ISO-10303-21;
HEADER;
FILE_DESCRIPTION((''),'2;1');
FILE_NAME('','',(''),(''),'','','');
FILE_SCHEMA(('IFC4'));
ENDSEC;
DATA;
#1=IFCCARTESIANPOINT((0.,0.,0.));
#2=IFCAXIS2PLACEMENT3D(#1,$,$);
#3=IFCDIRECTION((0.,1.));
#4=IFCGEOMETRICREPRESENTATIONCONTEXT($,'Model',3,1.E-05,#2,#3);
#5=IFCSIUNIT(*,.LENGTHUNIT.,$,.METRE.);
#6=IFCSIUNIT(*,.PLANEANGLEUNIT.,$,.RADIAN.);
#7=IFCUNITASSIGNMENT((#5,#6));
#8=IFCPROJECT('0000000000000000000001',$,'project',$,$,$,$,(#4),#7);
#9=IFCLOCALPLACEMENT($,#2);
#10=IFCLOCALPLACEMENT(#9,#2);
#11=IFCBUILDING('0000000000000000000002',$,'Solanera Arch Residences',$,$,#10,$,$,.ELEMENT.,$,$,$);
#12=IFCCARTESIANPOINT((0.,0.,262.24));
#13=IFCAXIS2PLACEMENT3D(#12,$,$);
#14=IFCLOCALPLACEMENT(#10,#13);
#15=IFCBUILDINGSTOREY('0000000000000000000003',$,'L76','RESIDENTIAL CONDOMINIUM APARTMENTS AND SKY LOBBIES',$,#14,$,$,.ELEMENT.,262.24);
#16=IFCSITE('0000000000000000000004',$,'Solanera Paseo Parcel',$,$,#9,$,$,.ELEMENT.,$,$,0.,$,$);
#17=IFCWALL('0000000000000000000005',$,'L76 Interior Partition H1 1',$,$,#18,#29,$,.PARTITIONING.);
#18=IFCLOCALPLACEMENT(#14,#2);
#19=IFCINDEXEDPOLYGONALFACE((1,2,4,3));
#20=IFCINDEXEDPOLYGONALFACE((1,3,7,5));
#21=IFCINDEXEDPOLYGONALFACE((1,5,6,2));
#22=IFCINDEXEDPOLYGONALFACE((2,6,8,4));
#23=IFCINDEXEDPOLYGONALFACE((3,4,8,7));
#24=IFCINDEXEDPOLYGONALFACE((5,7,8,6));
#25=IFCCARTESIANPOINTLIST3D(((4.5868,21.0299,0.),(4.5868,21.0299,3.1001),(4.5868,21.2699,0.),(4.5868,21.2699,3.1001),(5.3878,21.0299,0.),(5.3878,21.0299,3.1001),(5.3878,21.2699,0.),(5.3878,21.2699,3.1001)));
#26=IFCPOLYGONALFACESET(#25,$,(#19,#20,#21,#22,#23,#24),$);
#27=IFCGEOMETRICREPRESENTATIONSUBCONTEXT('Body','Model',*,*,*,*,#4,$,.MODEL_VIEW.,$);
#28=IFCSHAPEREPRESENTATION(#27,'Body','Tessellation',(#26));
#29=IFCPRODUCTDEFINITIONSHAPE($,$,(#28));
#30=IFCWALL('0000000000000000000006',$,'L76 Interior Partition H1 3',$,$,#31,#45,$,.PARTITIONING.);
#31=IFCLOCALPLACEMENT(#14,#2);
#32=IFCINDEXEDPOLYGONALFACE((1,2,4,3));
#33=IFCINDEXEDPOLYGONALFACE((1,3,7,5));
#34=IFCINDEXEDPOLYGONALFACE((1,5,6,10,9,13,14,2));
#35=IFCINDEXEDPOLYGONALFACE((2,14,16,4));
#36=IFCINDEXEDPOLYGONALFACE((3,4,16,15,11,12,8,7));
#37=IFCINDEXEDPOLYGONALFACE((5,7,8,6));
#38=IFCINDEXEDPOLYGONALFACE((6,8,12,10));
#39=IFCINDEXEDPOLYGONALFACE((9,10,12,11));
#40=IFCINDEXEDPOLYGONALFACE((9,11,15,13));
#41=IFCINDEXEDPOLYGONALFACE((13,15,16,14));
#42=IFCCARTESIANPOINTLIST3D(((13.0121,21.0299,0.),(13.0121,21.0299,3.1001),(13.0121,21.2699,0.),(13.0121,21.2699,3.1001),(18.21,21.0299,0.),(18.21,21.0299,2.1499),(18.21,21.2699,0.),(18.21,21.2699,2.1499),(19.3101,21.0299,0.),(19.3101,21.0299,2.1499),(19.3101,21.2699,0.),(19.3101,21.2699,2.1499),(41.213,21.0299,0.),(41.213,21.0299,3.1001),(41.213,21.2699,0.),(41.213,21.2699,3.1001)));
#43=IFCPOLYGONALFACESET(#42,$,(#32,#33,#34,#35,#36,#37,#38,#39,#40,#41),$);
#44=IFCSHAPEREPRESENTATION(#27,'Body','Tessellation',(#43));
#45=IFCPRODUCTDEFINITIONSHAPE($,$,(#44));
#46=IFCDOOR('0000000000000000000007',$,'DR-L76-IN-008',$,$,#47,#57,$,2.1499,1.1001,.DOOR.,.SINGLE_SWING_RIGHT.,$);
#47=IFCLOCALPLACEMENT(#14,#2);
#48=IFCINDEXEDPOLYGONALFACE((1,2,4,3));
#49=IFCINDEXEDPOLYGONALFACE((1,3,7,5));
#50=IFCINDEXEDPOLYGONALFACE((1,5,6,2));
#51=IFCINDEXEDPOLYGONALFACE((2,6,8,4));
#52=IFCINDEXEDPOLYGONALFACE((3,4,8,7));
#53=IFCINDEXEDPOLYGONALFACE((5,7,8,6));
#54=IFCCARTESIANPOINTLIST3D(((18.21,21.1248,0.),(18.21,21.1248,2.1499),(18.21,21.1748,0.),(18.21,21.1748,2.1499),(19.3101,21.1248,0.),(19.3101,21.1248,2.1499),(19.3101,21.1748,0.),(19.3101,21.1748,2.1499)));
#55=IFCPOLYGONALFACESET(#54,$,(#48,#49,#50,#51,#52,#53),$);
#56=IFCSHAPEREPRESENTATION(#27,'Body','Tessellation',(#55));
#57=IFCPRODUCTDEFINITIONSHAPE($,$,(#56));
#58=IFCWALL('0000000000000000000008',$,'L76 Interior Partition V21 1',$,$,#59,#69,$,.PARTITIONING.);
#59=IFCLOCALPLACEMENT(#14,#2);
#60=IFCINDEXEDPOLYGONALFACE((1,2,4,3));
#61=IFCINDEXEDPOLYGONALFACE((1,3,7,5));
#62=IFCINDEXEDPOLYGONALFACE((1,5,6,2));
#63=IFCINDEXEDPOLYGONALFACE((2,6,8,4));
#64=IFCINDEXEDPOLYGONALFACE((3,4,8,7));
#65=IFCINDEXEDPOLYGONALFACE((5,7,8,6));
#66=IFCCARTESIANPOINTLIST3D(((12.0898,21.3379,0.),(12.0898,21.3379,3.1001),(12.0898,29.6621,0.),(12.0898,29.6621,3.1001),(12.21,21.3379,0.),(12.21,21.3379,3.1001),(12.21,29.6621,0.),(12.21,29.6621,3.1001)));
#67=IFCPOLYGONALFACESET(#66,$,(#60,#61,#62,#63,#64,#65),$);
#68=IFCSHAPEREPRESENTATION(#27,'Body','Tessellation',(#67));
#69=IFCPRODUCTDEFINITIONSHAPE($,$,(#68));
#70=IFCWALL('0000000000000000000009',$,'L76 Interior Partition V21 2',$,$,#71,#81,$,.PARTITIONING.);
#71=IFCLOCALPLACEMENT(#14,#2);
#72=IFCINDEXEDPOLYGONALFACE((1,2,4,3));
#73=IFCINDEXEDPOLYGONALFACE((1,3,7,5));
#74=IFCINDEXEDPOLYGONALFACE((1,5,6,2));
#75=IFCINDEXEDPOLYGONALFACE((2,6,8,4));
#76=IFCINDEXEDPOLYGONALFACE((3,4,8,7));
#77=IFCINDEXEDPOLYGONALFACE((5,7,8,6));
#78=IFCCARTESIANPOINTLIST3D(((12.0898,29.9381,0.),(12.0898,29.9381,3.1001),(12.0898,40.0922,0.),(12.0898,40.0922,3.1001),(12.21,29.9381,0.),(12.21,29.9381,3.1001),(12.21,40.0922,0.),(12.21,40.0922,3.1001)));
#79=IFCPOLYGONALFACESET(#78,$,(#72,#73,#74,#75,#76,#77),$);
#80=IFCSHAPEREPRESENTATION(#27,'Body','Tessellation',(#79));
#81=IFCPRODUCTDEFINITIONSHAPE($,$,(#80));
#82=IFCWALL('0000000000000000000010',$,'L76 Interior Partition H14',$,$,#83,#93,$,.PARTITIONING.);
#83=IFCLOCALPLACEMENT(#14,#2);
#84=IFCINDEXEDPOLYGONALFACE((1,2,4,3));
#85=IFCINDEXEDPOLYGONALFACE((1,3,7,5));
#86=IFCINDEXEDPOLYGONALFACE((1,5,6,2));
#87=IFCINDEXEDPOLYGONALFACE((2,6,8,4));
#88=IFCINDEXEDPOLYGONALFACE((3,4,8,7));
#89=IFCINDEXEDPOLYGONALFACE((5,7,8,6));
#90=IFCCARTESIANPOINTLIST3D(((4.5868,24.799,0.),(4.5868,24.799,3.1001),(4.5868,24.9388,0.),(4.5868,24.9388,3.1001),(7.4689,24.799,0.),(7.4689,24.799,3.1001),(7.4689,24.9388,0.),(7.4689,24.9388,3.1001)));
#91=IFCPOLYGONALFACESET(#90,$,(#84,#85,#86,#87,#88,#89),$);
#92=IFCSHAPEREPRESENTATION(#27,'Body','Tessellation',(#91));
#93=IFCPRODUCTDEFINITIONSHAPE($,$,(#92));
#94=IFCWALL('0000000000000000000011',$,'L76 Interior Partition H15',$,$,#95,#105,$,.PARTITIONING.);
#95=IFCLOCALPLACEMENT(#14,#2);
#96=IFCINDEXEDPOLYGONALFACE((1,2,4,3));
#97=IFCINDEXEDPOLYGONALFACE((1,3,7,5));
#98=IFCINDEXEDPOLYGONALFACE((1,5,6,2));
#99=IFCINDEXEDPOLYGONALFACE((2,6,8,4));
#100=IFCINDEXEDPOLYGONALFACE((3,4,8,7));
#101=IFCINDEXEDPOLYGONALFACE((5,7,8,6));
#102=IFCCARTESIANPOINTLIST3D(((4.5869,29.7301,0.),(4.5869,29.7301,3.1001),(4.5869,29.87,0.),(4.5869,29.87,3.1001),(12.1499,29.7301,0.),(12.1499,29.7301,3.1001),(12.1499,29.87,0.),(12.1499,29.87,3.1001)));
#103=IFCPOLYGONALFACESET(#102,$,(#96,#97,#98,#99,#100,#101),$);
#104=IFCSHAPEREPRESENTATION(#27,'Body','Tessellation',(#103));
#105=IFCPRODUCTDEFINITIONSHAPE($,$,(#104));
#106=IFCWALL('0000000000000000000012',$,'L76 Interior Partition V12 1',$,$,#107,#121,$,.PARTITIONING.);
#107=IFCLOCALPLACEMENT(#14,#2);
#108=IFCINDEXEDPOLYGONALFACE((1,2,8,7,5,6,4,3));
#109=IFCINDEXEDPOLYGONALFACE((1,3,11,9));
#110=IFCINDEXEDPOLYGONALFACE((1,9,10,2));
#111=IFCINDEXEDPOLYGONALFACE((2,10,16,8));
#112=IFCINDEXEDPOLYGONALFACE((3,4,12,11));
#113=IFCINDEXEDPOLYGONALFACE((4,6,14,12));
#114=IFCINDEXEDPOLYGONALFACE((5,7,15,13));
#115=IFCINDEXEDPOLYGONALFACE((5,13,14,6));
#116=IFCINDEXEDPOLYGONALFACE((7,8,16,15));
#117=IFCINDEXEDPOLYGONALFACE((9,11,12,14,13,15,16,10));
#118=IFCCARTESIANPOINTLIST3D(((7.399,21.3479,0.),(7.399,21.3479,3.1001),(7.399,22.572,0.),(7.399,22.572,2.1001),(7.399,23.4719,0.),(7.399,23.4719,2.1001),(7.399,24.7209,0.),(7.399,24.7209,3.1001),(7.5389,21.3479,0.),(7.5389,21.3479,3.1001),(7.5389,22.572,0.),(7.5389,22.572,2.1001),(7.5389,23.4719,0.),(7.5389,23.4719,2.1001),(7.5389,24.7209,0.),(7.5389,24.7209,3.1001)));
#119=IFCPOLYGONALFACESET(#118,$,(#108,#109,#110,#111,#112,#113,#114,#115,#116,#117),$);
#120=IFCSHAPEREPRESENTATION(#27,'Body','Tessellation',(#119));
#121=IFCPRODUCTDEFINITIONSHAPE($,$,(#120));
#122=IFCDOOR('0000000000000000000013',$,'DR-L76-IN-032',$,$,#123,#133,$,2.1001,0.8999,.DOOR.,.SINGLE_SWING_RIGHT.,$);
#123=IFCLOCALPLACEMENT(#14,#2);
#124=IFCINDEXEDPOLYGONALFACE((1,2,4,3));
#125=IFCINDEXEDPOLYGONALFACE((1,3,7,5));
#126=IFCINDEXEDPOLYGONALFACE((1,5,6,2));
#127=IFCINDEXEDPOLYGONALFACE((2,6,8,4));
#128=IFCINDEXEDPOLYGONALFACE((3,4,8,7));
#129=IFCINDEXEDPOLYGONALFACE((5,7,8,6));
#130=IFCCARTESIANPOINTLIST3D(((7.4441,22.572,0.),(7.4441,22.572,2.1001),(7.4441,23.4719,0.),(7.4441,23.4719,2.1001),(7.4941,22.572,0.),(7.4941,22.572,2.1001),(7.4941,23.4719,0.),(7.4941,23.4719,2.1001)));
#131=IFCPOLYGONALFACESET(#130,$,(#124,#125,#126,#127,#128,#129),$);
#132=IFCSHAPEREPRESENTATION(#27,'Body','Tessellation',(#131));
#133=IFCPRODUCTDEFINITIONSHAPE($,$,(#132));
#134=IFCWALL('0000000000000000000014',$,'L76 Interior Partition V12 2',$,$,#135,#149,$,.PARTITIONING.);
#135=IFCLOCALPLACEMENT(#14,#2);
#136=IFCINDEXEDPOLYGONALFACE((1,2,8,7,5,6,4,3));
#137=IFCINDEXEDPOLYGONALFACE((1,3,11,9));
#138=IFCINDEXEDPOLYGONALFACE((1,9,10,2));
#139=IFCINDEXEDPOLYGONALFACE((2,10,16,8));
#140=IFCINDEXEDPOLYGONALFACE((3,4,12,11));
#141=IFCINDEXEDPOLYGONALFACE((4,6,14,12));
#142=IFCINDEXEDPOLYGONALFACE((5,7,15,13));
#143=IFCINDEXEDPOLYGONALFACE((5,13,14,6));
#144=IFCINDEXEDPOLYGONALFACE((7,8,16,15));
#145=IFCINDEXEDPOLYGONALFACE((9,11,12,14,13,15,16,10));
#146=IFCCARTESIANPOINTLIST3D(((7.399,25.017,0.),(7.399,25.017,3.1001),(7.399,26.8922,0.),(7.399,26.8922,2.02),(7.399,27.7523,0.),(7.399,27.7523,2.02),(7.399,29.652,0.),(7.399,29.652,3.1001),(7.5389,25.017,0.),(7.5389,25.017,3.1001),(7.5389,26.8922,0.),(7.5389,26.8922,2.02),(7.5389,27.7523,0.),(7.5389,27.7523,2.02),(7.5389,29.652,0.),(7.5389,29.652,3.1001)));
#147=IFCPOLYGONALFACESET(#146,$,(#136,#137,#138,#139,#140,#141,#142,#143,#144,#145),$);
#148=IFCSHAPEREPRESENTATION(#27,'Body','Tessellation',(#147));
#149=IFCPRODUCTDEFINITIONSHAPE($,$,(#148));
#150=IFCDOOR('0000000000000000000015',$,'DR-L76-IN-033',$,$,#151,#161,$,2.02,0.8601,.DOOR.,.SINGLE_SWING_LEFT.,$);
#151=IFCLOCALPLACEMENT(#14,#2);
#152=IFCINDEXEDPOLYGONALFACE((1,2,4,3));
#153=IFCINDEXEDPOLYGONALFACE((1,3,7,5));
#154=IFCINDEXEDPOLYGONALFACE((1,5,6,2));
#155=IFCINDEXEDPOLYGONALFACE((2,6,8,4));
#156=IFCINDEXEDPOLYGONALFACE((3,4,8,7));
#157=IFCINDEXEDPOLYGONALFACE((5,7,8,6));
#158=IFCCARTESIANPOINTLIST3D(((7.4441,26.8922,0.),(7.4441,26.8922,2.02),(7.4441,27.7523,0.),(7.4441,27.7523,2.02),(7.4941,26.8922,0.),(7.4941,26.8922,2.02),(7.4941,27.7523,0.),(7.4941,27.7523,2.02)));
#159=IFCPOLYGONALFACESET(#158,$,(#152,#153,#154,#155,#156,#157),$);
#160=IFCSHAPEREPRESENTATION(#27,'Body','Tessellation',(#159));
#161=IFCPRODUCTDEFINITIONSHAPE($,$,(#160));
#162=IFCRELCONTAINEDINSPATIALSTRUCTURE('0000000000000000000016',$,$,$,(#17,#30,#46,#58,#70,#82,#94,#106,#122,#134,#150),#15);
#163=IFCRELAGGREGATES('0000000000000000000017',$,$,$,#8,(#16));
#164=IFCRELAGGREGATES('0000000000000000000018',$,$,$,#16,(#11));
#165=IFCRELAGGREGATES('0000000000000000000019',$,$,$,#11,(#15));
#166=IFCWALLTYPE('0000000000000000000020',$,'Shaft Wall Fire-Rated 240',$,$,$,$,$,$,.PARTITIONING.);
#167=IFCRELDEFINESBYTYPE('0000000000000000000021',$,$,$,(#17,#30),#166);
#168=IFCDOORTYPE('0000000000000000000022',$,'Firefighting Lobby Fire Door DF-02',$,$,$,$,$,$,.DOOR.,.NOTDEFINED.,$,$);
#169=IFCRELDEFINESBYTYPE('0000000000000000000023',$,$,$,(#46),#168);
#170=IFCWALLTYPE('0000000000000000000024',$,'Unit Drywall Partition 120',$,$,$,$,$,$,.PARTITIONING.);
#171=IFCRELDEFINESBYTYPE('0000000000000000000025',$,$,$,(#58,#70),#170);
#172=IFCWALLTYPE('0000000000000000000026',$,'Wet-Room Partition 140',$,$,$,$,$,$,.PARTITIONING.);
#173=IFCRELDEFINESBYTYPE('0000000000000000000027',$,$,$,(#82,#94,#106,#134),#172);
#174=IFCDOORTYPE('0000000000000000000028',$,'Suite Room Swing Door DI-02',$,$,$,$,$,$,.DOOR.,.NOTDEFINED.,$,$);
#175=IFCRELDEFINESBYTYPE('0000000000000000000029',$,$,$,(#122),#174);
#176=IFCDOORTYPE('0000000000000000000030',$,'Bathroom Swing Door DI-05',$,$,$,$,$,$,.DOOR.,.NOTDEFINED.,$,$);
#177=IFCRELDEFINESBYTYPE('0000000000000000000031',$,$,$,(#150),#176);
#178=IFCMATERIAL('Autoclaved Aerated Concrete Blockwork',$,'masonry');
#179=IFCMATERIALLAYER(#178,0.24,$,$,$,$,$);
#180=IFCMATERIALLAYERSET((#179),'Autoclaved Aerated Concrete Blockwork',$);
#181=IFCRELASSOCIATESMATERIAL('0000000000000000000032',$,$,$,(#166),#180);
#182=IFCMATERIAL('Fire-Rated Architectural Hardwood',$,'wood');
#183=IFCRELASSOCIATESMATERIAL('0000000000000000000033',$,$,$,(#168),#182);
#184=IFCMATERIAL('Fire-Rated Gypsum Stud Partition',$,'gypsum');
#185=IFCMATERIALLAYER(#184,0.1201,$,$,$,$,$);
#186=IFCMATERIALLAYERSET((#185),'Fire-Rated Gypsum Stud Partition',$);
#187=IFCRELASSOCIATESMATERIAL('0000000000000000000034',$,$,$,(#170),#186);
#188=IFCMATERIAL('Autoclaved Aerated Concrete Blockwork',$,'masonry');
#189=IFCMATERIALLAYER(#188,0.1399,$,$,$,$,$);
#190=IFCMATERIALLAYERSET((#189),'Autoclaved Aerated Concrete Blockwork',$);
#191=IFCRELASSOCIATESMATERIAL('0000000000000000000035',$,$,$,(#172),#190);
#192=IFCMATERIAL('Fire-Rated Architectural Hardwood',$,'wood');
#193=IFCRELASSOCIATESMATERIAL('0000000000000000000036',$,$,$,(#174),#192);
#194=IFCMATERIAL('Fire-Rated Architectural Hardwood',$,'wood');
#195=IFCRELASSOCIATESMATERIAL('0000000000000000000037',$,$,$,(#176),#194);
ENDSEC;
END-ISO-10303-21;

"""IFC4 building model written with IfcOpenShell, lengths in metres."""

from ifc_helpers import new_model, si_unit, direction, frame, frame_2d, origin, place, context, subcontext, project, spatial, rectangle, extrude, material, layer, layer_set, type_object, element, fill, save


model = new_model("IFC4")

# Units and contexts
model_context = context("Model", 3, precision=1e-05, world=origin(), true_north=direction((0.0, 1.0)))
body_context = subcontext(model_context, "Body", "Model", "MODEL_VIEW")
ifc_project = project(units=[si_unit("LENGTHUNIT", "METRE"), si_unit("PLANEANGLEUNIT", "RADIAN")], contexts=[model_context])

# Site, building, storey
site_placement = place(None, origin())
site = spatial("IfcSite", under=ifc_project, at=site_placement, Name="Solanera Paseo Parcel", CompositionType="ELEMENT", RefElevation=0.0)
building_placement = place(site_placement, origin())
building = spatial("IfcBuilding", under=site, at=building_placement, Name="Solanera Arch Residences", CompositionType="ELEMENT")
storey_placement = place(building_placement, frame((0.0, 0.0, 262.24)))
storey = spatial("IfcBuildingStorey", under=building, at=storey_placement, Name="L76", Description="RESIDENTIAL CONDOMINIUM APARTMENTS AND SKY LOBBIES", CompositionType="ELEMENT", Elevation=262.24)

# Wall
ifc_material_1 = material(Name="Autoclaved Aerated Concrete Blockwork", Category="masonry")
ifc_layer_1 = layer(ifc_material_1, 0.24)
ifc_layer_set_1 = layer_set([ifc_layer_1], Name="Autoclaved Aerated Concrete Blockwork")
wall_type_1 = type_object("IfcWallType", Name="Shaft Wall Fire-Rated 240", PredefinedType="PARTITIONING", material=ifc_layer_set_1)
wall_1_placement = place(storey_placement, frame((4.5869, 21.1499, 0.0), z_axis=(0.0, 0.0, 1.0), x_axis=(1.0, 0.0, 0.0)))
element("IfcWall", 1, at=wall_1_placement, inside=storey, type_object=wall_type_1, Name="L76 Interior Partition H1 1", PredefinedType="PARTITIONING", context=body_context, shape_type="SweptSolid", body=[
    extrude(rectangle(XDim=0.801, YDim=0.24, at=frame_2d((0.4004, 0.0))), origin(), (0.0, 0.0, 1.0), 3.1001),
])

# Wall, opening, door
wall_2_placement = place(storey_placement, frame((13.012, 21.1499, 0.0), z_axis=(0.0, 0.0, 1.0), x_axis=(1.0, 0.0, 0.0)))
wall_2 = element("IfcWall", 2, at=wall_2_placement, inside=storey, type_object=wall_type_1, Name="L76 Interior Partition H1 3", PredefinedType="PARTITIONING", context=body_context, shape_type="SweptSolid", body=[
    extrude(rectangle(XDim=28.2009, YDim=0.24, at=frame_2d((14.1006, 0.0))), origin(), (0.0, 0.0, 1.0), 3.1001),
])
opening_1_placement = place(wall_2_placement, frame((5.198, 0.0, 0.0)))
opening_1 = element("IfcOpeningElement", 3, at=opening_1_placement, cuts=wall_2, PredefinedType="OPENING", context=body_context, shape_type="SweptSolid", body=[
    extrude(rectangle(XDim=1.1001, YDim=2.1499, at=frame_2d((0.55, 1.075))), frame((0.0, 0.1299, 0.0), z_axis=(0.0, -1.0, 0.0), x_axis=(1.0, 0.0, 0.0)), (0.0, 0.0, 1.0), 0.26),
])
ifc_material_2 = material(Name="Fire-Rated Architectural Hardwood", Category="wood")
door_type_1 = type_object("IfcDoorType", Name="Firefighting Lobby Fire Door DF-02", OperationType="NOTDEFINED", PredefinedType="DOOR", material=ifc_material_2)
door_1_placement = place(opening_1_placement, origin())
door_1 = element("IfcDoor", 4, at=door_1_placement, inside=storey, type_object=door_type_1, Name="DR-L76-IN-008", OperationType="SINGLE_SWING_RIGHT", OverallHeight=2.1499, OverallWidth=1.1001, PredefinedType="DOOR", context=body_context, shape_type="SweptSolid", body=[
    extrude(rectangle(XDim=1.1001, YDim=2.1499, at=frame_2d((0.55, 1.075))), frame((0.0, 0.0249, 0.0), z_axis=(0.0, -1.0, 0.0), x_axis=(1.0, 0.0, 0.0)), (0.0, 0.0, 1.0), 0.05),
])
fill(opening_1, door_1)

# Walls
ifc_material_3 = material(Name="Fire-Rated Gypsum Stud Partition", Category="gypsum")
ifc_layer_2 = layer(ifc_material_3, 0.1201)
ifc_layer_set_2 = layer_set([ifc_layer_2], Name="Fire-Rated Gypsum Stud Partition")
wall_type_2 = type_object("IfcWallType", Name="Unit Drywall Partition 120", PredefinedType="PARTITIONING", material=ifc_layer_set_2)
wall_3_placement = place(storey_placement, frame((12.1499, 21.3379, 0.0), z_axis=(0.0, 0.0, 1.0), x_axis=(0.0, 1.0, 0.0)))
element("IfcWall", 5, at=wall_3_placement, inside=storey, type_object=wall_type_2, Name="L76 Interior Partition V21 1", PredefinedType="PARTITIONING", context=body_context, shape_type="SweptSolid", body=[
    extrude(rectangle(XDim=8.3242, YDim=0.1201, at=frame_2d((4.1621, 0.0))), origin(), (0.0, 0.0, 1.0), 3.1001),
])
wall_4_placement = place(storey_placement, frame((12.1499, 29.938, 0.0), z_axis=(0.0, 0.0, 1.0), x_axis=(0.0, 1.0, 0.0)))
element("IfcWall", 6, at=wall_4_placement, inside=storey, type_object=wall_type_2, Name="L76 Interior Partition V21 2", PredefinedType="PARTITIONING", context=body_context, shape_type="SweptSolid", body=[
    extrude(rectangle(XDim=10.1541, YDim=0.1201, at=frame_2d((5.0771, 0.0))), origin(), (0.0, 0.0, 1.0), 3.1001),
])
ifc_material_4 = material(Name="Autoclaved Aerated Concrete Blockwork", Category="masonry")
ifc_layer_3 = layer(ifc_material_4, 0.1399)
ifc_layer_set_3 = layer_set([ifc_layer_3], Name="Autoclaved Aerated Concrete Blockwork")
wall_type_3 = type_object("IfcWallType", Name="Wet-Room Partition 140", PredefinedType="PARTITIONING", material=ifc_layer_set_3)
wall_5_placement = place(storey_placement, frame((4.5869, 24.8689, 0.0), z_axis=(0.0, 0.0, 1.0), x_axis=(1.0, 0.0, 0.0)))
element("IfcWall", 7, at=wall_5_placement, inside=storey, type_object=wall_type_3, Name="L76 Interior Partition H14", PredefinedType="PARTITIONING", context=body_context, shape_type="SweptSolid", body=[
    extrude(rectangle(XDim=2.8821, YDim=0.1399, at=frame_2d((1.4409, 0.0))), origin(), (0.0, 0.0, 1.0), 3.1001),
])
wall_6_placement = place(storey_placement, frame((4.5869, 29.8, 0.0), z_axis=(0.0, 0.0, 1.0), x_axis=(1.0, 0.0, 0.0)))
element("IfcWall", 8, at=wall_6_placement, inside=storey, type_object=wall_type_3, Name="L76 Interior Partition H15", PredefinedType="PARTITIONING", context=body_context, shape_type="SweptSolid", body=[
    extrude(rectangle(XDim=7.563, YDim=0.1399, at=frame_2d((3.7815, 0.0))), origin(), (0.0, 0.0, 1.0), 3.1001),
])

# Walls, openings, doors
wall_7_placement = place(storey_placement, frame((7.469, 21.3479, 0.0), z_axis=(0.0, 0.0, 1.0), x_axis=(0.0, 1.0, 0.0)))
wall_7 = element("IfcWall", 9, at=wall_7_placement, inside=storey, type_object=wall_type_3, Name="L76 Interior Partition V12 1", PredefinedType="PARTITIONING", context=body_context, shape_type="SweptSolid", body=[
    extrude(rectangle(XDim=3.373, YDim=0.1399, at=frame_2d((1.6865, 0.0))), origin(), (0.0, 0.0, 1.0), 3.1001),
])
opening_2_placement = place(wall_7_placement, frame((1.2241, 0.0, 0.0)))
opening_2 = element("IfcOpeningElement", 10, at=opening_2_placement, cuts=wall_7, PredefinedType="OPENING", context=body_context, shape_type="SweptSolid", body=[
    extrude(rectangle(XDim=0.8999, YDim=2.1001, at=frame_2d((0.45, 1.05))), frame((0.0, 0.0798, 0.0), z_axis=(0.0, -1.0, 0.0), x_axis=(1.0, 0.0, 0.0)), (0.0, 0.0, 1.0), 0.1599),
])
ifc_material_5 = material(Name="Fire-Rated Architectural Hardwood", Category="wood")
door_type_2 = type_object("IfcDoorType", Name="Suite Room Swing Door DI-02", OperationType="NOTDEFINED", PredefinedType="DOOR", material=ifc_material_5)
door_2_placement = place(opening_2_placement, origin())
door_2 = element("IfcDoor", 11, at=door_2_placement, inside=storey, type_object=door_type_2, Name="DR-L76-IN-032", OperationType="SINGLE_SWING_RIGHT", OverallHeight=2.1001, OverallWidth=0.8999, PredefinedType="DOOR", context=body_context, shape_type="SweptSolid", body=[
    extrude(rectangle(XDim=0.8999, YDim=2.1001, at=frame_2d((0.45, 1.05))), frame((0.0, 0.0249, 0.0), z_axis=(0.0, -1.0, 0.0), x_axis=(1.0, 0.0, 0.0)), (0.0, 0.0, 1.0), 0.05),
])
fill(opening_2, door_2)
wall_8_placement = place(storey_placement, frame((7.469, 25.0171, 0.0), z_axis=(0.0, 0.0, 1.0), x_axis=(0.0, 1.0, 0.0)))
wall_8 = element("IfcWall", 12, at=wall_8_placement, inside=storey, type_object=wall_type_3, Name="L76 Interior Partition V12 2", PredefinedType="PARTITIONING", context=body_context, shape_type="SweptSolid", body=[
    extrude(rectangle(XDim=4.635, YDim=0.1399, at=frame_2d((2.3174, 0.0))), origin(), (0.0, 0.0, 1.0), 3.1001),
])
opening_3_placement = place(wall_8_placement, frame((1.875, 0.0, 0.0)))
opening_3 = element("IfcOpeningElement", 13, at=opening_3_placement, cuts=wall_8, PredefinedType="OPENING", context=body_context, shape_type="SweptSolid", body=[
    extrude(rectangle(XDim=0.8601, YDim=2.02, at=frame_2d((0.4302, 1.01))), frame((0.0, 0.0798, 0.0), z_axis=(0.0, -1.0, 0.0), x_axis=(1.0, 0.0, 0.0)), (0.0, 0.0, 1.0), 0.1599),
])
ifc_material_6 = material(Name="Fire-Rated Architectural Hardwood", Category="wood")
door_type_3 = type_object("IfcDoorType", Name="Bathroom Swing Door DI-05", OperationType="NOTDEFINED", PredefinedType="DOOR", material=ifc_material_6)
door_3_placement = place(opening_3_placement, origin())
door_3 = element("IfcDoor", 14, at=door_3_placement, inside=storey, type_object=door_type_3, Name="DR-L76-IN-033", OperationType="SINGLE_SWING_LEFT", OverallHeight=2.02, OverallWidth=0.8601, PredefinedType="DOOR", context=body_context, shape_type="SweptSolid", body=[
    extrude(rectangle(XDim=0.8601, YDim=2.02, at=frame_2d((0.4302, 1.01))), frame((0.0, 0.0249, 0.0), z_axis=(0.0, -1.0, 0.0), x_axis=(1.0, 0.0, 0.0)), (0.0, 0.0, 1.0), 0.05),
])
fill(opening_3, door_3)

save(model, "model.ifc")
